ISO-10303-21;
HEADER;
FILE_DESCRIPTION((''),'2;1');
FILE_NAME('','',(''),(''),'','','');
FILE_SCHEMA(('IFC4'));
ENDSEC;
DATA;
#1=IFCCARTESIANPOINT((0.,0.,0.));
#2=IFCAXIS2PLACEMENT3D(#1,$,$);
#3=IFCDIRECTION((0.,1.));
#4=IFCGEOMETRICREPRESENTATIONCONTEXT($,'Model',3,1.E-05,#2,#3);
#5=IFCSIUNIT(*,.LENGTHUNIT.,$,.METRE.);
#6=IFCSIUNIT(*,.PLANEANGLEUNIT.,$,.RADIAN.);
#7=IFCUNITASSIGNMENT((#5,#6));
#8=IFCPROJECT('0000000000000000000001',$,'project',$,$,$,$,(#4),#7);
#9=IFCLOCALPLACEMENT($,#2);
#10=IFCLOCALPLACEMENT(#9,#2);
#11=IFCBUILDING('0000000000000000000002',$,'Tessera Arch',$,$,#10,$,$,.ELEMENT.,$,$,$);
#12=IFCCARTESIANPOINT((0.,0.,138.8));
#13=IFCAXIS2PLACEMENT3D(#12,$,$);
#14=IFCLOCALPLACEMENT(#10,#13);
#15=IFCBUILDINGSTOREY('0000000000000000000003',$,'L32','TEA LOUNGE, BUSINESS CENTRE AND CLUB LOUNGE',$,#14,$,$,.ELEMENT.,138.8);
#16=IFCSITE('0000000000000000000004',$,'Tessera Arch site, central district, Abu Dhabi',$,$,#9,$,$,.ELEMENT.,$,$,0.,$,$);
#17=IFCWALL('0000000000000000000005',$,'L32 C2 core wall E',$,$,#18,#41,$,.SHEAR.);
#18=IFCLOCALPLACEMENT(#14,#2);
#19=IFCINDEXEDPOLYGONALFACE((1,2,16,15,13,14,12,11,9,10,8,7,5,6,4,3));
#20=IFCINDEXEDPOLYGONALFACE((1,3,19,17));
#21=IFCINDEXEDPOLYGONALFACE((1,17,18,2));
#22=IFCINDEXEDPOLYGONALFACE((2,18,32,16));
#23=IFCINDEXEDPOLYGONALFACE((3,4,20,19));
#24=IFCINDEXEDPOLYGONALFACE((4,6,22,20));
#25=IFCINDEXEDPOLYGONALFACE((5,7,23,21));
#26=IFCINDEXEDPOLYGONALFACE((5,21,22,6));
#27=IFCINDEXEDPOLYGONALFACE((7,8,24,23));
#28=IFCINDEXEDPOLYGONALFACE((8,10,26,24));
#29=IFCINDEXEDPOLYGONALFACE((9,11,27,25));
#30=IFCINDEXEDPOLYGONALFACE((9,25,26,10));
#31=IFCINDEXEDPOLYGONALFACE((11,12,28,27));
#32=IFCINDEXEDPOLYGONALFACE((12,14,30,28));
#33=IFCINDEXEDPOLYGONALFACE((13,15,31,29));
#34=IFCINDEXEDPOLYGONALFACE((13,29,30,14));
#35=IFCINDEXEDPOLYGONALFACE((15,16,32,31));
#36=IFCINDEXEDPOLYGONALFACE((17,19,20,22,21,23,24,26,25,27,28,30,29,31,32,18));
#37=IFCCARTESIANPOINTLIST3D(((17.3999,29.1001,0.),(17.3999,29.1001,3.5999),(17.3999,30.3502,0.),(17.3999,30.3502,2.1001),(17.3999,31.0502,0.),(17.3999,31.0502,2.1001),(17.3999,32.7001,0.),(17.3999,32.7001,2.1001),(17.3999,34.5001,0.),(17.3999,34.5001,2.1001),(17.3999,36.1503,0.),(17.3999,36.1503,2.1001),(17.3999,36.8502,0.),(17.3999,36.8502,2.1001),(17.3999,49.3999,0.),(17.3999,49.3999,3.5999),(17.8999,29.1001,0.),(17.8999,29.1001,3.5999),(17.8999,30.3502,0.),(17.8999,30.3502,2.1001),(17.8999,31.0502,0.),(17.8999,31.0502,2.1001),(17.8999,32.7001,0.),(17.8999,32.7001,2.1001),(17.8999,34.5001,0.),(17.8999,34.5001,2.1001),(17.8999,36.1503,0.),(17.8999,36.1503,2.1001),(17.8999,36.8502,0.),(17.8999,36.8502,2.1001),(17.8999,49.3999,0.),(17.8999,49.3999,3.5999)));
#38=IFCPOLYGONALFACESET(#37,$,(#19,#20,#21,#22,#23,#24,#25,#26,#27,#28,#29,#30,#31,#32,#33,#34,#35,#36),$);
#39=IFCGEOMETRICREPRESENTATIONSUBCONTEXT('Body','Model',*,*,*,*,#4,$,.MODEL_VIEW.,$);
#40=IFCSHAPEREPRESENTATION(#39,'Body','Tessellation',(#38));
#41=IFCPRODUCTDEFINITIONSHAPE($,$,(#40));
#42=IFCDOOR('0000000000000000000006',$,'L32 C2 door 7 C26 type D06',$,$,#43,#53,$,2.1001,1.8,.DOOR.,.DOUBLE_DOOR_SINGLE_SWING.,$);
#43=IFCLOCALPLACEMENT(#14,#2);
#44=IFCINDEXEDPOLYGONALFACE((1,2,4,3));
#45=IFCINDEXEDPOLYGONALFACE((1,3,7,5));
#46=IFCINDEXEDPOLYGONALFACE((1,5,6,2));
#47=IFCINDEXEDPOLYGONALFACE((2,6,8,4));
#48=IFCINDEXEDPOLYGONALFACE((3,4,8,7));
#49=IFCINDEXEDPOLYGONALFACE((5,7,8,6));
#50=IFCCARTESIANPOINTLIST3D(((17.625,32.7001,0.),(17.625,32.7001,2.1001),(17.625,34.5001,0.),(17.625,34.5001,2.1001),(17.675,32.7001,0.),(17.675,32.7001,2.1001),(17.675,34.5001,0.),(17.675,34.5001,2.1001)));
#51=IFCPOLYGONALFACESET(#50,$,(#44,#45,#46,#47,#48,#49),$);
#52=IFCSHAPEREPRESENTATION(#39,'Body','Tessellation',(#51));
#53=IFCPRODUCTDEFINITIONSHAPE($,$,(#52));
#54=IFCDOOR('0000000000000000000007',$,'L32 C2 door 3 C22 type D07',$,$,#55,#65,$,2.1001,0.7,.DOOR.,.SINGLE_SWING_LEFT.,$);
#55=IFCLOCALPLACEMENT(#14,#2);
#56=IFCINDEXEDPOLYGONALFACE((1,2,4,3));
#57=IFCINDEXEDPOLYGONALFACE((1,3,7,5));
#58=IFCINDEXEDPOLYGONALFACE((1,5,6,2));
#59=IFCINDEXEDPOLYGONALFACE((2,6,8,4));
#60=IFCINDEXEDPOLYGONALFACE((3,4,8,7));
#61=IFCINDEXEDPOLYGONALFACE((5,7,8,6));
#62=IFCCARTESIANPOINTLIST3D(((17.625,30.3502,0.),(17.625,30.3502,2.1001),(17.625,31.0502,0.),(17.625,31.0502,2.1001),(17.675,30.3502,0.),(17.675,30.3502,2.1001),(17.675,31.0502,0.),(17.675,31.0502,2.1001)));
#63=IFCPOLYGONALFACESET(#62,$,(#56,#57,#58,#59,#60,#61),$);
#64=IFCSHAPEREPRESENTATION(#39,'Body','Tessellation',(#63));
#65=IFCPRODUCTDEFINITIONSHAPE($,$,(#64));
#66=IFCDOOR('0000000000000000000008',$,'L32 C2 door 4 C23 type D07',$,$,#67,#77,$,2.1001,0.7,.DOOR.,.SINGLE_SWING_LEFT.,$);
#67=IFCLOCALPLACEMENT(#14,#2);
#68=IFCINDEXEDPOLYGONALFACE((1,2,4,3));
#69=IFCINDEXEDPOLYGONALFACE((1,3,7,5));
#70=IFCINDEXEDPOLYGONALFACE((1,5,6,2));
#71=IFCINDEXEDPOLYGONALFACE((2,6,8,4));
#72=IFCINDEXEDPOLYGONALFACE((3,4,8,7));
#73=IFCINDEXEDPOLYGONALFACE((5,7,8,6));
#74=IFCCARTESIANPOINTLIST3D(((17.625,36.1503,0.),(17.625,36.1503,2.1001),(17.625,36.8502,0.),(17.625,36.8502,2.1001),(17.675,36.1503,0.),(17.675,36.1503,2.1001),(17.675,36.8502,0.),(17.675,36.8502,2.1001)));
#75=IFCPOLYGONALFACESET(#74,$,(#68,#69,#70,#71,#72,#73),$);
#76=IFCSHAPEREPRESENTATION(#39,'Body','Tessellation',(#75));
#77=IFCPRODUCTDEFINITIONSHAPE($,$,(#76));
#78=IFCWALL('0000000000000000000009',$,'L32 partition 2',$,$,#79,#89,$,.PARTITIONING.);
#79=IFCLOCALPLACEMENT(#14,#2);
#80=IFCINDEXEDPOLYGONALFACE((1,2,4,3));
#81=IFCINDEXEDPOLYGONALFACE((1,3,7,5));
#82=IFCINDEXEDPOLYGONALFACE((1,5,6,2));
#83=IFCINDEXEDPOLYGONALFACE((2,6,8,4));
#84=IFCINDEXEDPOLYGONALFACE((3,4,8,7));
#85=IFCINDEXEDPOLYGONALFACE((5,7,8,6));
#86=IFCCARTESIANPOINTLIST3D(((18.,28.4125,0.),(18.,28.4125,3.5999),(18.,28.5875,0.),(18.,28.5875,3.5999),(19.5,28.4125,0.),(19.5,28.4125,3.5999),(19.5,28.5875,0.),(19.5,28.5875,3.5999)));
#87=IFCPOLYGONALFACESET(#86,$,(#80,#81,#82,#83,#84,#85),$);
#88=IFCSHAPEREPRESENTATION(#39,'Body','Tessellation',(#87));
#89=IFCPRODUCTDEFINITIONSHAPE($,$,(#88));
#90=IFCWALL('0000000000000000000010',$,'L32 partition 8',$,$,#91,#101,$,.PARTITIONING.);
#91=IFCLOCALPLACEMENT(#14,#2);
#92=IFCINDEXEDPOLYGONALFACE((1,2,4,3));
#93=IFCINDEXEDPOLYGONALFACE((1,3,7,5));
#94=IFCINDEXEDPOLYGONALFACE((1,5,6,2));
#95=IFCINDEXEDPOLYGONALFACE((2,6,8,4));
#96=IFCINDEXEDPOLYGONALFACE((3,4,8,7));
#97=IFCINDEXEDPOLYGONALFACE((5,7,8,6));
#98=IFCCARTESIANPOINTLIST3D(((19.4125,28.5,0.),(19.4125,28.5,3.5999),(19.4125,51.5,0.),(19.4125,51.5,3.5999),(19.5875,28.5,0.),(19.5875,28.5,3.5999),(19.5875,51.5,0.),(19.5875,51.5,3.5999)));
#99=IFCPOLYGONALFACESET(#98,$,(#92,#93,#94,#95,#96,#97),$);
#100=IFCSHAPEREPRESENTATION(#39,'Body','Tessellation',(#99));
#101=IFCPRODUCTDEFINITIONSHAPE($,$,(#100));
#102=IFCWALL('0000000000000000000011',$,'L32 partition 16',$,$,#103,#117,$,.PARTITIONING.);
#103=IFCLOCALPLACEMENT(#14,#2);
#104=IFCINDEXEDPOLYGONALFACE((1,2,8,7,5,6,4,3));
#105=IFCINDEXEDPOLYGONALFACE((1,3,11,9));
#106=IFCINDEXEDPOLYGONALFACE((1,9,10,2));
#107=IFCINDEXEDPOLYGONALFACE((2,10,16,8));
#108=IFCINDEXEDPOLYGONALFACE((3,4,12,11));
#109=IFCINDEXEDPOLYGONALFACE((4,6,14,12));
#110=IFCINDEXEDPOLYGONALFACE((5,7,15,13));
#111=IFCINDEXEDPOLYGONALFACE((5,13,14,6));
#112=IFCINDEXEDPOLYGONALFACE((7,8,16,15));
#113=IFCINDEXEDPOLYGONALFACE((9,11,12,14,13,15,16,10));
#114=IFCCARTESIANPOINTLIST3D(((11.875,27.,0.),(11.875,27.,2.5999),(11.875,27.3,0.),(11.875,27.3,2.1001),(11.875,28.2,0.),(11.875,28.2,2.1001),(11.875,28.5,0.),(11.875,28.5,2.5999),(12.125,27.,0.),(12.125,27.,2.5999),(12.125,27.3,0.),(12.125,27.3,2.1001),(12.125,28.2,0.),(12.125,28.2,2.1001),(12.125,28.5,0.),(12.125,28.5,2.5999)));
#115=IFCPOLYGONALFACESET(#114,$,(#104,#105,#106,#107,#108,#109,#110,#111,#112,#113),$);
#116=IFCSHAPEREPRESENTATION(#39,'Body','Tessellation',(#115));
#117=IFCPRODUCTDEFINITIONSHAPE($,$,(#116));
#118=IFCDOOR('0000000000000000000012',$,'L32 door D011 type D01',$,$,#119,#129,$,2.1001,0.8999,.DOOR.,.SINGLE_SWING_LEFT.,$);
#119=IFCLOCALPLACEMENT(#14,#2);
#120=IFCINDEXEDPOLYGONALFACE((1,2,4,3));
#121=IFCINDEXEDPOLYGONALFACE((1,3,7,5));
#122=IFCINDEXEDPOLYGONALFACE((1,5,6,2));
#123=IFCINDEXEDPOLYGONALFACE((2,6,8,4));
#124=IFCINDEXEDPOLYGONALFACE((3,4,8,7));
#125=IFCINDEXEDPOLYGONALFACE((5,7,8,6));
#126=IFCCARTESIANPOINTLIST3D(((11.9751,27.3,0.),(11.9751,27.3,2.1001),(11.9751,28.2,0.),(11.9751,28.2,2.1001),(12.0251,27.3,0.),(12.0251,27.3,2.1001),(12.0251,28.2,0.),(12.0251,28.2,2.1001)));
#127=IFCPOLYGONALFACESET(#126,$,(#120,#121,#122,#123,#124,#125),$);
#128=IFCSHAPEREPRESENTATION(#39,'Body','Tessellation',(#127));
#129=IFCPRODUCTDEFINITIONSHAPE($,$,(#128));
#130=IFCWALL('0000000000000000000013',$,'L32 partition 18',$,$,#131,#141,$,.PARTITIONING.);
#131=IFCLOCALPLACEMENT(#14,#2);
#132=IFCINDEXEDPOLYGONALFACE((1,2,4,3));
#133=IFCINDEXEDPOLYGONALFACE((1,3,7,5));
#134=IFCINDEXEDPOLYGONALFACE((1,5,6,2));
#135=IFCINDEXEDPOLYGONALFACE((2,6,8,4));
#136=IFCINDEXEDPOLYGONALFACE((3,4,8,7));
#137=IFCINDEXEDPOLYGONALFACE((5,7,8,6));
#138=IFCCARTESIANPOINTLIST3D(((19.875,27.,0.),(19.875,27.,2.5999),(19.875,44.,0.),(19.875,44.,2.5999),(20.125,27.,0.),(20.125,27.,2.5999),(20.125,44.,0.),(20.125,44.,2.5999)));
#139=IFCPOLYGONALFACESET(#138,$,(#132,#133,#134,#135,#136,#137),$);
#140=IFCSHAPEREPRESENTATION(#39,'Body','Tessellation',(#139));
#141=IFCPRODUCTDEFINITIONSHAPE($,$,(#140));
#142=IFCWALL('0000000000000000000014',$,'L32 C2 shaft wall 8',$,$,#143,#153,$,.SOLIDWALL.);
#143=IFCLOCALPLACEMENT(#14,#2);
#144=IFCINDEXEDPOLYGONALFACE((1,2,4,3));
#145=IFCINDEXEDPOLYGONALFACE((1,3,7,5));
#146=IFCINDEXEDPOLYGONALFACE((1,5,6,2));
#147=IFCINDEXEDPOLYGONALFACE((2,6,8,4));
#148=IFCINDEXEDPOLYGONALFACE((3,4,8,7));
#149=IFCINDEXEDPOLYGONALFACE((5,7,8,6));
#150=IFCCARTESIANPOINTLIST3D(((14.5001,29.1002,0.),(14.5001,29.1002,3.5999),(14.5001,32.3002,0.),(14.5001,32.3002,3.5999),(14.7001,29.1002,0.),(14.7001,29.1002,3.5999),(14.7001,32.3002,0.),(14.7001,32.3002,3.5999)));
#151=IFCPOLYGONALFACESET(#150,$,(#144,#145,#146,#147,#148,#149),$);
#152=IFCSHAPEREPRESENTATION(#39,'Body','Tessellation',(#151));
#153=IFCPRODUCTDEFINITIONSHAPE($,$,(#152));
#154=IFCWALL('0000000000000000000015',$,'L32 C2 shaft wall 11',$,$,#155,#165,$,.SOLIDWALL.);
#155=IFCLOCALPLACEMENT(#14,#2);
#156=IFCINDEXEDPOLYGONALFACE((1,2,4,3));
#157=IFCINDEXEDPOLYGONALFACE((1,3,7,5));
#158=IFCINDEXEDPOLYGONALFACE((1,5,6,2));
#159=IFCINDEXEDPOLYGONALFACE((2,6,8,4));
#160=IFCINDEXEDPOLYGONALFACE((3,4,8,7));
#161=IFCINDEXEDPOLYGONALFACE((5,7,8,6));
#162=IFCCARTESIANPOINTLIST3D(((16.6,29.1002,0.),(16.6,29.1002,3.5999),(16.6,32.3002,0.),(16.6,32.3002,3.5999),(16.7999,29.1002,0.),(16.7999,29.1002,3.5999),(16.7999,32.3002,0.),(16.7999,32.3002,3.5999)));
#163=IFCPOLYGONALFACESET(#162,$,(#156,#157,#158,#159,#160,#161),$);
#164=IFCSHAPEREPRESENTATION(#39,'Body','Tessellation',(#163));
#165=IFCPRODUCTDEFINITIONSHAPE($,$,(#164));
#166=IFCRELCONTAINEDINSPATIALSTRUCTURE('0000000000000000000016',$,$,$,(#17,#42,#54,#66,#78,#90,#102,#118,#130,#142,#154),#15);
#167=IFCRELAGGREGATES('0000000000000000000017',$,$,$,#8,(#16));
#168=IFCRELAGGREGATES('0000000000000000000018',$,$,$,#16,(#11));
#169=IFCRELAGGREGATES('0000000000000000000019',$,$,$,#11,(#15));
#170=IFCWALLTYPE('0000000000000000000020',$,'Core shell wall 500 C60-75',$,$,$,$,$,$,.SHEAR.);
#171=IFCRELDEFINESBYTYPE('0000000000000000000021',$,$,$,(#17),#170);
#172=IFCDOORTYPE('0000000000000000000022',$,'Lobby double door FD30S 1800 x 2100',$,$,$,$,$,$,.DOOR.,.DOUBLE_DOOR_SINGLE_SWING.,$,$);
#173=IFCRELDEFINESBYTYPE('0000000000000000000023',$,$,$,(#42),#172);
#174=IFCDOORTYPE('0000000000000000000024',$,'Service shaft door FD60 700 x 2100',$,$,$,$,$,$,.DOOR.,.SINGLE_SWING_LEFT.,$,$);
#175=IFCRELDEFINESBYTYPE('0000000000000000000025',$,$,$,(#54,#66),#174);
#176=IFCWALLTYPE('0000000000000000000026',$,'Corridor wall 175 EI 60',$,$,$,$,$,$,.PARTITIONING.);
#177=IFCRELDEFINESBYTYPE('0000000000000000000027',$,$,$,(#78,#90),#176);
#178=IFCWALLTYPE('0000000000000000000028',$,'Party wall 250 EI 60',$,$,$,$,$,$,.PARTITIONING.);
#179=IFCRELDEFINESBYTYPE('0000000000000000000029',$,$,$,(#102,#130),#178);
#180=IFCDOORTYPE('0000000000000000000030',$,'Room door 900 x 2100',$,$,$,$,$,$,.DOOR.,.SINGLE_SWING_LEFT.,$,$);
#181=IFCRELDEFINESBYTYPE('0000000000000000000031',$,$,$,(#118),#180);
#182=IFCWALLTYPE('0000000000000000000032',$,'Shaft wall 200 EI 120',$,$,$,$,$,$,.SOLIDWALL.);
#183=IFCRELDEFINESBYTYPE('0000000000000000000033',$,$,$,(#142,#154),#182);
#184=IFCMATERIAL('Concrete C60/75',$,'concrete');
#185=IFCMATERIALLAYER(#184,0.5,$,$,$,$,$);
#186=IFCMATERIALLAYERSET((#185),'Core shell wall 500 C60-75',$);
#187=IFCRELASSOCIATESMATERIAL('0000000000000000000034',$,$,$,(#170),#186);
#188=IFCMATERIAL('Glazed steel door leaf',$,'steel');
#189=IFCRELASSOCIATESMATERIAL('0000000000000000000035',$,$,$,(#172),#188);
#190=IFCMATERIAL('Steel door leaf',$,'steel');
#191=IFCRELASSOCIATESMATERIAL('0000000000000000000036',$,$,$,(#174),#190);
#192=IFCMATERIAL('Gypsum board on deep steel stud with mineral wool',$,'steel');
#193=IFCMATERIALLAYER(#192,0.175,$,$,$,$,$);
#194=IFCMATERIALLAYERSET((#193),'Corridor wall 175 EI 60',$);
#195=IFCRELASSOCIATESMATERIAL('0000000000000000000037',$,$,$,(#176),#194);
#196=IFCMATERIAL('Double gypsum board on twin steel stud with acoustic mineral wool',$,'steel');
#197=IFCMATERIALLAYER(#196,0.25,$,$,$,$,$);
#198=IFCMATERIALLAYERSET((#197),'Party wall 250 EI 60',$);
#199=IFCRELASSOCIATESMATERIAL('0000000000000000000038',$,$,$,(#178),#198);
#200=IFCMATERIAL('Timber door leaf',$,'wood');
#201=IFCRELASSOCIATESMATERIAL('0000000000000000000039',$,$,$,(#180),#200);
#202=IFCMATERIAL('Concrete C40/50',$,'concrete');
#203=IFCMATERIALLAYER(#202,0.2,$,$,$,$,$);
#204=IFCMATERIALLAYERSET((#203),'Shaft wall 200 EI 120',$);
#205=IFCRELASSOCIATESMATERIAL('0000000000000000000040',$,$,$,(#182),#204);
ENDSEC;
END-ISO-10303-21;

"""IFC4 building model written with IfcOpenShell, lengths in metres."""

from ifc_helpers import new_model, si_unit, direction, frame, frame_2d, origin, place, context, subcontext, project, spatial, rectangle, extrude, material, layer, layer_set, type_object, element, fill, save


model = new_model("IFC4")

# Units and contexts
model_context = context("Model", 3, precision=1e-05, world=origin(), true_north=direction((0.0, 1.0)))
body_context = subcontext(model_context, "Body", "Model", "MODEL_VIEW")
ifc_project = project(units=[si_unit("LENGTHUNIT", "METRE"), si_unit("PLANEANGLEUNIT", "RADIAN")], contexts=[model_context])

# Site, building, storey
site_placement = place(None, origin())
site = spatial("IfcSite", under=ifc_project, at=site_placement, Name="Tessera Arch site, central district, Abu Dhabi", CompositionType="ELEMENT", RefElevation=0.0)
building_placement = place(site_placement, origin())
building = spatial("IfcBuilding", under=site, at=building_placement, Name="Tessera Arch", CompositionType="ELEMENT")
storey_placement = place(building_placement, frame((0.0, 0.0, 138.8)))
storey = spatial("IfcBuildingStorey", under=building, at=storey_placement, Name="L32", Description="TEA LOUNGE, BUSINESS CENTRE AND CLUB LOUNGE", CompositionType="ELEMENT", Elevation=138.8)

# Wall, openings, doors
ifc_material_1 = material(Name="Concrete C60/75", Category="concrete")
ifc_layer_1 = layer(ifc_material_1, 0.5)
ifc_layer_set_1 = layer_set([ifc_layer_1], Name="Core shell wall 500 C60-75")
wall_type_1 = type_object("IfcWallType", Name="Core shell wall 500 C60-75", PredefinedType="SHEAR", material=ifc_layer_set_1)
wall_1_placement = place(storey_placement, frame((17.6499, 29.1001, 0.0), z_axis=(0.0, 0.0, 1.0), x_axis=(0.0, 1.0, 0.0)))
wall_1 = element("IfcWall", 1, at=wall_1_placement, inside=storey, type_object=wall_type_1, Name="L32 C2 core wall E", PredefinedType="SHEAR", context=body_context, shape_type="SweptSolid", body=[
    extrude(rectangle(XDim=20.2998, YDim=0.5, at=frame_2d((10.1499, 0.0))), origin(), (0.0, 0.0, 1.0), 3.5999),
])
opening_1_placement = place(wall_1_placement, frame((1.25, 0.0, 0.0)))
opening_1 = element("IfcOpeningElement", 2, at=opening_1_placement, cuts=wall_1, PredefinedType="OPENING", context=body_context, shape_type="SweptSolid", body=[
    extrude(rectangle(XDim=0.7, YDim=2.1001, at=frame_2d((0.3501, 1.05))), frame((0.0, 0.26, 0.0), z_axis=(0.0, -1.0, 0.0), x_axis=(1.0, 0.0, 0.0)), (0.0, 0.0, 1.0), 0.52),
])
opening_2_placement = place(wall_1_placement, frame((7.05, 0.0, 0.0)))
opening_2 = element("IfcOpeningElement", 3, at=opening_2_placement, cuts=wall_1, PredefinedType="OPENING", context=body_context, shape_type="SweptSolid", body=[
    extrude(rectangle(XDim=0.7, YDim=2.1001, at=frame_2d((0.3501, 1.05))), frame((0.0, 0.26, 0.0), z_axis=(0.0, -1.0, 0.0), x_axis=(1.0, 0.0, 0.0)), (0.0, 0.0, 1.0), 0.52),
])
opening_3_placement = place(wall_1_placement, frame((3.6001, 0.0, 0.0)))
opening_3 = element("IfcOpeningElement", 4, at=opening_3_placement, cuts=wall_1, PredefinedType="OPENING", context=body_context, shape_type="SweptSolid", body=[
    extrude(rectangle(XDim=1.8, YDim=2.1001, at=frame_2d((0.8999, 1.05))), frame((0.0, 0.26, 0.0), z_axis=(0.0, -1.0, 0.0), x_axis=(1.0, 0.0, 0.0)), (0.0, 0.0, 1.0), 0.52),
])
ifc_material_2 = material(Name="Glazed steel door leaf", Category="steel")
door_type_1 = type_object("IfcDoorType", Name="Lobby double door FD30S 1800 x 2100", OperationType="DOUBLE_DOOR_SINGLE_SWING", PredefinedType="DOOR", material=ifc_material_2)
door_1_placement = place(opening_3_placement, origin())
door_1 = element("IfcDoor", 5, at=door_1_placement, inside=storey, type_object=door_type_1, Name="L32 C2 door 7 C26 type D06", OperationType="DOUBLE_DOOR_SINGLE_SWING", OverallHeight=2.1001, OverallWidth=1.8, PredefinedType="DOOR", context=body_context, shape_type="SweptSolid", body=[
    extrude(rectangle(XDim=1.8, YDim=2.1001, at=frame_2d((0.8999, 1.05))), frame((0.0, 0.0249, 0.0), z_axis=(0.0, -1.0, 0.0), x_axis=(1.0, 0.0, 0.0)), (0.0, 0.0, 1.0), 0.05),
])
fill(opening_3, door_1)
ifc_material_3 = material(Name="Steel door leaf", Category="steel")
door_type_2 = type_object("IfcDoorType", Name="Service shaft door FD60 700 x 2100", OperationType="SINGLE_SWING_LEFT", PredefinedType="DOOR", material=ifc_material_3)
door_2_placement = place(opening_1_placement, origin())
door_2 = element("IfcDoor", 6, at=door_2_placement, inside=storey, type_object=door_type_2, Name="L32 C2 door 3 C22 type D07", OperationType="SINGLE_SWING_LEFT", OverallHeight=2.1001, OverallWidth=0.7, PredefinedType="DOOR", context=body_context, shape_type="SweptSolid", body=[
    extrude(rectangle(XDim=0.7, YDim=2.1001, at=frame_2d((0.3501, 1.05))), frame((0.0, 0.0249, 0.0), z_axis=(0.0, -1.0, 0.0), x_axis=(1.0, 0.0, 0.0)), (0.0, 0.0, 1.0), 0.05),
])
fill(opening_1, door_2)
door_3_placement = place(opening_2_placement, origin())
door_3 = element("IfcDoor", 7, at=door_3_placement, inside=storey, type_object=door_type_2, Name="L32 C2 door 4 C23 type D07", OperationType="SINGLE_SWING_LEFT", OverallHeight=2.1001, OverallWidth=0.7, PredefinedType="DOOR", context=body_context, shape_type="SweptSolid", body=[
    extrude(rectangle(XDim=0.7, YDim=2.1001, at=frame_2d((0.3501, 1.05))), frame((0.0, 0.0249, 0.0), z_axis=(0.0, -1.0, 0.0), x_axis=(1.0, 0.0, 0.0)), (0.0, 0.0, 1.0), 0.05),
])
fill(opening_2, door_3)

# Walls
ifc_material_4 = material(Name="Gypsum board on deep steel stud with mineral wool", Category="steel")
ifc_layer_2 = layer(ifc_material_4, 0.175)
ifc_layer_set_2 = layer_set([ifc_layer_2], Name="Corridor wall 175 EI 60")
wall_type_2 = type_object("IfcWallType", Name="Corridor wall 175 EI 60", PredefinedType="PARTITIONING", material=ifc_layer_set_2)
wall_2_placement = place(storey_placement, frame((18.0, 28.5, 0.0), z_axis=(0.0, 0.0, 1.0), x_axis=(1.0, 0.0, 0.0)))
element("IfcWall", 8, at=wall_2_placement, inside=storey, type_object=wall_type_2, Name="L32 partition 2", PredefinedType="PARTITIONING", context=body_context, shape_type="SweptSolid", body=[
    extrude(rectangle(XDim=1.5, YDim=0.175, at=frame_2d((0.75, 0.0))), origin(), (0.0, 0.0, 1.0), 3.5999),
])
wall_3_placement = place(storey_placement, frame((19.5, 28.5, 0.0), z_axis=(0.0, 0.0, 1.0), x_axis=(0.0, 1.0, 0.0)))
element("IfcWall", 9, at=wall_3_placement, inside=storey, type_object=wall_type_2, Name="L32 partition 8", PredefinedType="PARTITIONING", context=body_context, shape_type="SweptSolid", body=[
    extrude(rectangle(XDim=23.0, YDim=0.175, at=frame_2d((11.5, 0.0))), origin(), (0.0, 0.0, 1.0), 3.5999),
])

# Wall, opening, door
ifc_material_5 = material(Name="Double gypsum board on twin steel stud with acoustic mineral wool", Category="steel")
ifc_layer_3 = layer(ifc_material_5, 0.25)
ifc_layer_set_3 = layer_set([ifc_layer_3], Name="Party wall 250 EI 60")
wall_type_3 = type_object("IfcWallType", Name="Party wall 250 EI 60", PredefinedType="PARTITIONING", material=ifc_layer_set_3)
wall_4_placement = place(storey_placement, frame((12.0, 27.0, 0.0), z_axis=(0.0, 0.0, 1.0), x_axis=(0.0, 1.0, 0.0)))
wall_4 = element("IfcWall", 10, at=wall_4_placement, inside=storey, type_object=wall_type_3, Name="L32 partition 16", PredefinedType="PARTITIONING", context=body_context, shape_type="SweptSolid", body=[
    extrude(rectangle(XDim=1.5, YDim=0.25, at=frame_2d((0.75, 0.0))), origin(), (0.0, 0.0, 1.0), 2.5999),
])
opening_4_placement = place(wall_4_placement, frame((0.3, 0.0, 0.0)))
opening_4 = element("IfcOpeningElement", 11, at=opening_4_placement, cuts=wall_4, PredefinedType="OPENING", context=body_context, shape_type="SweptSolid", body=[
    extrude(rectangle(XDim=0.8999, YDim=2.1001, at=frame_2d((0.45, 1.05))), frame((0.0, 0.135, 0.0), z_axis=(0.0, -1.0, 0.0), x_axis=(1.0, 0.0, 0.0)), (0.0, 0.0, 1.0), 0.27),
])
ifc_material_6 = material(Name="Timber door leaf", Category="wood")
door_type_3 = type_object("IfcDoorType", Name="Room door 900 x 2100", OperationType="SINGLE_SWING_LEFT", PredefinedType="DOOR", material=ifc_material_6)
door_4_placement = place(opening_4_placement, origin())
door_4 = element("IfcDoor", 12, at=door_4_placement, inside=storey, type_object=door_type_3, Name="L32 door D011 type D01", OperationType="SINGLE_SWING_LEFT", OverallHeight=2.1001, OverallWidth=0.8999, PredefinedType="DOOR", context=body_context, shape_type="SweptSolid", body=[
    extrude(rectangle(XDim=0.8999, YDim=2.1001, at=frame_2d((0.45, 1.05))), frame((0.0, 0.0249, 0.0), z_axis=(0.0, -1.0, 0.0), x_axis=(1.0, 0.0, 0.0)), (0.0, 0.0, 1.0), 0.05),
])
fill(opening_4, door_4)

# Walls
wall_5_placement = place(storey_placement, frame((20.0, 27.0, 0.0), z_axis=(0.0, 0.0, 1.0), x_axis=(0.0, 1.0, 0.0)))
element("IfcWall", 13, at=wall_5_placement, inside=storey, type_object=wall_type_3, Name="L32 partition 18", PredefinedType="PARTITIONING", context=body_context, shape_type="SweptSolid", body=[
    extrude(rectangle(XDim=17.0, YDim=0.25, at=frame_2d((8.5, 0.0))), origin(), (0.0, 0.0, 1.0), 2.5999),
])
ifc_material_7 = material(Name="Concrete C40/50", Category="concrete")
ifc_layer_4 = layer(ifc_material_7, 0.2)
ifc_layer_set_4 = layer_set([ifc_layer_4], Name="Shaft wall 200 EI 120")
wall_type_4 = type_object("IfcWallType", Name="Shaft wall 200 EI 120", PredefinedType="SOLIDWALL", material=ifc_layer_set_4)
for number, where, z_axis, x_axis, name in (
    (14, (14.6001, 29.1001, 0.0), (0.0, 0.0, 1.0), (0.0, 1.0, 0.0), "L32 C2 shaft wall 8"),
    (15, (16.7, 29.1001, 0.0), (0.0, 0.0, 1.0), (0.0, 1.0, 0.0), "L32 C2 shaft wall 11"),
):
    element("IfcWall", number, at=place(storey_placement, frame(where, z_axis=z_axis, x_axis=x_axis)), inside=storey, type_object=wall_type_4, Name=name, PredefinedType="SOLIDWALL", context=body_context, shape_type="SweptSolid", body=[
        extrude(rectangle(XDim=3.2, YDim=0.2, at=frame_2d((1.6001, 0.0))), origin(), (0.0, 0.0, 1.0), 3.5999),
    ])

save(model, "model.ifc")
